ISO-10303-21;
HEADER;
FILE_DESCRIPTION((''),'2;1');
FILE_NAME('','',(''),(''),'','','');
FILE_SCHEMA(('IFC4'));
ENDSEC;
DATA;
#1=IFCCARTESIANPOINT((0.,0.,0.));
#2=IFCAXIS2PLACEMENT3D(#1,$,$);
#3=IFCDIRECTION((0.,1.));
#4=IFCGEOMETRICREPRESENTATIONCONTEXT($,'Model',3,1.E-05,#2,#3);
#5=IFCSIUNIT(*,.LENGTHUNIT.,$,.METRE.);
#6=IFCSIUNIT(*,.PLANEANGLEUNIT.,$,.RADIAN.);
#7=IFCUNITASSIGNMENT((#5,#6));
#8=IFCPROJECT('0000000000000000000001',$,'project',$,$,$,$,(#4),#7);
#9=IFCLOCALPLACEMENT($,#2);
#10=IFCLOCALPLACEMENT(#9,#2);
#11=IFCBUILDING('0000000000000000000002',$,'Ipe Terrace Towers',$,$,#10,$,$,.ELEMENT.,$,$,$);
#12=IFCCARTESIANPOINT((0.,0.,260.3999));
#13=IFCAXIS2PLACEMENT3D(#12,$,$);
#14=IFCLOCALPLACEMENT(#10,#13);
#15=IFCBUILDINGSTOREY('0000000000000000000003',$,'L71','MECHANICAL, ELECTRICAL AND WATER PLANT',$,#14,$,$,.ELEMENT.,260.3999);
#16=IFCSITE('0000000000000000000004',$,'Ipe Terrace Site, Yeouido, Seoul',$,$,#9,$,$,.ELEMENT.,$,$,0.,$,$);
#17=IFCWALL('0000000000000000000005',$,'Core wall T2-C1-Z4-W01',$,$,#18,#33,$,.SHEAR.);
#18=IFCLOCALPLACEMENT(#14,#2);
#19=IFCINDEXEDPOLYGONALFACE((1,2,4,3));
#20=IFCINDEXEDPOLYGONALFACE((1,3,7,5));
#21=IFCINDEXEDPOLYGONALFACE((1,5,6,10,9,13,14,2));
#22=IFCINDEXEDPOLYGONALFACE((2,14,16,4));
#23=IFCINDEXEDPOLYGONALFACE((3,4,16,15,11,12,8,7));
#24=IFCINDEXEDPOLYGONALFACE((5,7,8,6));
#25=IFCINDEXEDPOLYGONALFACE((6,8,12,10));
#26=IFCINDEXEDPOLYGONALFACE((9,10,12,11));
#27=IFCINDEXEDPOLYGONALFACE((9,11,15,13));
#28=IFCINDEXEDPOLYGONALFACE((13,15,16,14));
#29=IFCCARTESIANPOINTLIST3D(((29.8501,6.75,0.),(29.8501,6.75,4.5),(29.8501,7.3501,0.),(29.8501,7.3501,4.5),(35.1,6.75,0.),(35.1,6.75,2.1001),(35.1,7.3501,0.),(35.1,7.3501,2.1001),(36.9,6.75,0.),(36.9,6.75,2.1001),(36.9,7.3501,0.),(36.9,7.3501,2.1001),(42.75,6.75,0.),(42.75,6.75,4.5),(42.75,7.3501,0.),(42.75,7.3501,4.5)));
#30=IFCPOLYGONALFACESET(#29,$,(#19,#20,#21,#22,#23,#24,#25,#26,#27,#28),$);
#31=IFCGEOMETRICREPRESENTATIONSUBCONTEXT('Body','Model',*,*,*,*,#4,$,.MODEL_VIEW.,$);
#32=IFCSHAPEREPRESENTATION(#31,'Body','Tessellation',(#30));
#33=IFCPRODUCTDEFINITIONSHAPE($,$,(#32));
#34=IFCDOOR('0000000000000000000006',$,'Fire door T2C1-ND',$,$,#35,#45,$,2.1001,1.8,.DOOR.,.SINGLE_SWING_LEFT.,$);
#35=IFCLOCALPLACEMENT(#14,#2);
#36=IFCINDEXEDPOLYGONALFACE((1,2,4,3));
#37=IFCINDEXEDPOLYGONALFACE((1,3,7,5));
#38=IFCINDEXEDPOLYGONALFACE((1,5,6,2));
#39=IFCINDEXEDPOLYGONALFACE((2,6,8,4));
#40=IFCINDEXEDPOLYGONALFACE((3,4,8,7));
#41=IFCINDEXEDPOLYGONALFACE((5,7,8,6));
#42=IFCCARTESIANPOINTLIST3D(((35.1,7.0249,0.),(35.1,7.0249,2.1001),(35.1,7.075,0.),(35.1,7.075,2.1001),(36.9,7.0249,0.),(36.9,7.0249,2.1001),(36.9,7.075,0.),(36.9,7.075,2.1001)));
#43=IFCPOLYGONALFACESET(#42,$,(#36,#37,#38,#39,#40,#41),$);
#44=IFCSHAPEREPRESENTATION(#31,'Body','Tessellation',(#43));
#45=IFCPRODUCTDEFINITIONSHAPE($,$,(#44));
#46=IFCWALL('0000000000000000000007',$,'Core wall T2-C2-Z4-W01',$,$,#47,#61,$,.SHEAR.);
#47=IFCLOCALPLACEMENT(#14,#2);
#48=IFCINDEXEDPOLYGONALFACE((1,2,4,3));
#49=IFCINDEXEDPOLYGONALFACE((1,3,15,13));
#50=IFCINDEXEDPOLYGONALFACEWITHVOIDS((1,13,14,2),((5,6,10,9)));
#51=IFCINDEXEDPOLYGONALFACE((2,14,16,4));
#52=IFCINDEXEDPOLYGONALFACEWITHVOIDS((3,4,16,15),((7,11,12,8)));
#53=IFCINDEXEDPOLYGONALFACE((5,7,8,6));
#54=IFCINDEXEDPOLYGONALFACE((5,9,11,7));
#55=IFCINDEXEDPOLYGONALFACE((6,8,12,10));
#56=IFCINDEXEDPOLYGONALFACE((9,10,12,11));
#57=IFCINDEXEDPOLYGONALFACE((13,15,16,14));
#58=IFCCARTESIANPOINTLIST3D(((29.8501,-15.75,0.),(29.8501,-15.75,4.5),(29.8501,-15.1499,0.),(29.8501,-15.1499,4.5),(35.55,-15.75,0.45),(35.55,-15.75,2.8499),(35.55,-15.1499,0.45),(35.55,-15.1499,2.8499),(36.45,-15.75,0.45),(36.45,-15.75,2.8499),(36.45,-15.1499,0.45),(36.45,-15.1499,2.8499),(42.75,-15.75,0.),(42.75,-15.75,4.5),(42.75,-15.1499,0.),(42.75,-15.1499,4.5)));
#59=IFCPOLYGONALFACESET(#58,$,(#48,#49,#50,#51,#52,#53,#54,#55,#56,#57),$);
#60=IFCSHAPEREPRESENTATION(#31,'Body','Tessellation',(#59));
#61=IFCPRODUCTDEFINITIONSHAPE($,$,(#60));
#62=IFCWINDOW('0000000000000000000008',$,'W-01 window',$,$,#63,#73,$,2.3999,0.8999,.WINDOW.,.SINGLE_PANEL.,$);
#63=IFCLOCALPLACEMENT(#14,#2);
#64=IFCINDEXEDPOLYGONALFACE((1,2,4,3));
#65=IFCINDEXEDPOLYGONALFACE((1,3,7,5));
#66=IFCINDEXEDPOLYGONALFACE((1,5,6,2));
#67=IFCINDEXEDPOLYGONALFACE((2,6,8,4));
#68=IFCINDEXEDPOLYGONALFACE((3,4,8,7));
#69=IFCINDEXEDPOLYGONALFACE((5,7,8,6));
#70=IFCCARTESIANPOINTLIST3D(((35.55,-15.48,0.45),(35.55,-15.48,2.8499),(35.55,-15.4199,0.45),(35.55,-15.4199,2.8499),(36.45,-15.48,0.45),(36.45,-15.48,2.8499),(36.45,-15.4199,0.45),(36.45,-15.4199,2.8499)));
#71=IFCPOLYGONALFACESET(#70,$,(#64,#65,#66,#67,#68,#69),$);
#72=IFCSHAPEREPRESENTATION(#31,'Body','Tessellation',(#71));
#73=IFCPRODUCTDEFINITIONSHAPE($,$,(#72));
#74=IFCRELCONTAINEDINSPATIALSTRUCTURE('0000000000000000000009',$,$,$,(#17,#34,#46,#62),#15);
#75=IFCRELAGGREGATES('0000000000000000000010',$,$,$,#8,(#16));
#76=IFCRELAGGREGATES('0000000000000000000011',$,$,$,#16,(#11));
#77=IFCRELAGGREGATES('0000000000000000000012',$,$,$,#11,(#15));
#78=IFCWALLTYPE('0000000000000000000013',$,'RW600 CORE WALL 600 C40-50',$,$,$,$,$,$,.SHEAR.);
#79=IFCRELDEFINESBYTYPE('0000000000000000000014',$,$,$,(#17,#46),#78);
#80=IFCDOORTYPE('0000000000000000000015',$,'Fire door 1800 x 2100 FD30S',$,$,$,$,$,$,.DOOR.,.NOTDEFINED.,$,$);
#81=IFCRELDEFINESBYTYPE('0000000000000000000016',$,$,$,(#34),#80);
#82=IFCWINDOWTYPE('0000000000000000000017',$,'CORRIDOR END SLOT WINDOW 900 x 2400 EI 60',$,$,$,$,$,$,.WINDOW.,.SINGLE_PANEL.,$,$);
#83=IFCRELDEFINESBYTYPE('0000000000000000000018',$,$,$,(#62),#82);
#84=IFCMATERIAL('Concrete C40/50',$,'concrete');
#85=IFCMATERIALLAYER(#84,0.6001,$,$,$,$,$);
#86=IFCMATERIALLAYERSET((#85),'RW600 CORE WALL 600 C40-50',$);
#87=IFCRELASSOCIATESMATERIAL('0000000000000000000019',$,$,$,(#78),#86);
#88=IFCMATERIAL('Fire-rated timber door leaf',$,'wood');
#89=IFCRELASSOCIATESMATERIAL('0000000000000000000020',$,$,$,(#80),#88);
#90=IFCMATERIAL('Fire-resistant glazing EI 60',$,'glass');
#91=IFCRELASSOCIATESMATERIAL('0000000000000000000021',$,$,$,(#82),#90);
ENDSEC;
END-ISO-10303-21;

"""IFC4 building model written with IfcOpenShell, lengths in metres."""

from ifc_helpers import new_model, si_unit, direction, frame, frame_2d, origin, place, context, subcontext, project, spatial, rectangle, extrude, material, layer, layer_set, type_object, element, fill, save


model = new_model("IFC4")

# Units and contexts
model_context = context("Model", 3, precision=1e-05, world=origin(), true_north=direction((0.0, 1.0)))
body_context = subcontext(model_context, "Body", "Model", "MODEL_VIEW")
ifc_project = project(units=[si_unit("LENGTHUNIT", "METRE"), si_unit("PLANEANGLEUNIT", "RADIAN")], contexts=[model_context])

# Site, building, storey
site_placement = place(None, origin())
site = spatial("IfcSite", under=ifc_project, at=site_placement, Name="Ipe Terrace Site, Yeouido, Seoul", CompositionType="ELEMENT", RefElevation=0.0)
building_placement = place(site_placement, origin())
building = spatial("IfcBuilding", under=site, at=building_placement, Name="Ipe Terrace Towers", CompositionType="ELEMENT")
storey_placement = place(building_placement, frame((0.0, 0.0, 260.3999)))
storey = spatial("IfcBuildingStorey", under=building, at=storey_placement, Name="L71", Description="MECHANICAL, ELECTRICAL AND WATER PLANT", CompositionType="ELEMENT", Elevation=260.3999)

# Wall, opening, door
ifc_material_1 = material(Name="Concrete C40/50", Category="concrete")
ifc_layer_1 = layer(ifc_material_1, 0.6001)
ifc_layer_set_1 = layer_set([ifc_layer_1], Name="RW600 CORE WALL 600 C40-50")
wall_type_1 = type_object("IfcWallType", Name="RW600 CORE WALL 600 C40-50", PredefinedType="SHEAR", material=ifc_layer_set_1)
wall_1_placement = place(storey_placement, frame((29.8501, 7.05, 0.0), z_axis=(0.0, 0.0, 1.0), x_axis=(1.0, 0.0, 0.0)))
wall_1 = element("IfcWall", 1, at=wall_1_placement, inside=storey, type_object=wall_type_1, Name="Core wall T2-C1-Z4-W01", PredefinedType="SHEAR", context=body_context, shape_type="SweptSolid", body=[
    extrude(rectangle(XDim=12.8999, YDim=0.6001, at=frame_2d((6.45, 0.0))), origin(), (0.0, 0.0, 1.0), 4.5),
])
opening_1_placement = place(wall_1_placement, frame((5.25, 0.0, 0.0)))
opening_1 = element("IfcOpeningElement", 2, at=opening_1_placement, cuts=wall_1, PredefinedType="OPENING", context=body_context, shape_type="SweptSolid", body=[
    extrude(rectangle(XDim=1.8, YDim=2.1001, at=frame_2d((0.8999, 1.05))), frame((0.0, 0.3101, 0.0), z_axis=(0.0, -1.0, 0.0), x_axis=(1.0, 0.0, 0.0)), (0.0, 0.0, 1.0), 0.6201),
])
ifc_material_2 = material(Name="Fire-rated timber door leaf", Category="wood")
door_type_1 = type_object("IfcDoorType", Name="Fire door 1800 x 2100 FD30S", OperationType="NOTDEFINED", PredefinedType="DOOR", material=ifc_material_2)
door_1_placement = place(opening_1_placement, origin())
door_1 = element("IfcDoor", 3, at=door_1_placement, inside=storey, type_object=door_type_1, Name="Fire door T2C1-ND", OperationType="SINGLE_SWING_LEFT", OverallHeight=2.1001, OverallWidth=1.8, PredefinedType="DOOR", context=body_context, shape_type="SweptSolid", body=[
    extrude(rectangle(XDim=1.8, YDim=2.1001, at=frame_2d((0.8999, 1.05))), frame((0.0, 0.0249, 0.0), z_axis=(0.0, -1.0, 0.0), x_axis=(1.0, 0.0, 0.0)), (0.0, 0.0, 1.0), 0.05),
])
fill(opening_1, door_1)

# Wall, opening, window
wall_2_placement = place(storey_placement, frame((29.8501, -15.45, 0.0), z_axis=(0.0, 0.0, 1.0), x_axis=(1.0, 0.0, 0.0)))
wall_2 = element("IfcWall", 4, at=wall_2_placement, inside=storey, type_object=wall_type_1, Name="Core wall T2-C2-Z4-W01", PredefinedType="SHEAR", context=body_context, shape_type="SweptSolid", body=[
    extrude(rectangle(XDim=12.8999, YDim=0.6001, at=frame_2d((6.45, 0.0))), origin(), (0.0, 0.0, 1.0), 4.5),
])
opening_2_placement = place(wall_2_placement, frame((5.7, 0.0, 0.45)))
opening_2 = element("IfcOpeningElement", 5, at=opening_2_placement, cuts=wall_2, PredefinedType="OPENING", context=body_context, shape_type="SweptSolid", body=[
    extrude(rectangle(XDim=0.8999, YDim=2.3999, at=frame_2d((0.45, 1.2))), frame((0.0, 0.3101, 0.0), z_axis=(0.0, -1.0, 0.0), x_axis=(1.0, 0.0, 0.0)), (0.0, 0.0, 1.0), 0.6201),
])
ifc_material_3 = material(Name="Fire-resistant glazing EI 60", Category="glass")
window_type = type_object("IfcWindowType", Name="CORRIDOR END SLOT WINDOW 900 x 2400 EI 60", PartitioningType="SINGLE_PANEL", PredefinedType="WINDOW", material=ifc_material_3)
window_placement = place(opening_2_placement, origin())
window = element("IfcWindow", 6, at=window_placement, inside=storey, type_object=window_type, Name="W-01 window", OverallHeight=2.3999, OverallWidth=0.8999, PartitioningType="SINGLE_PANEL", PredefinedType="WINDOW", context=body_context, shape_type="SweptSolid", body=[
    extrude(rectangle(XDim=0.8999, YDim=2.3999, at=frame_2d((0.45, 1.2))), frame((0.0, 0.03, 0.0), z_axis=(0.0, -1.0, 0.0), x_axis=(1.0, 0.0, 0.0)), (0.0, 0.0, 1.0), 0.0601),
])
fill(opening_2, window)

save(model, "model.ifc")
